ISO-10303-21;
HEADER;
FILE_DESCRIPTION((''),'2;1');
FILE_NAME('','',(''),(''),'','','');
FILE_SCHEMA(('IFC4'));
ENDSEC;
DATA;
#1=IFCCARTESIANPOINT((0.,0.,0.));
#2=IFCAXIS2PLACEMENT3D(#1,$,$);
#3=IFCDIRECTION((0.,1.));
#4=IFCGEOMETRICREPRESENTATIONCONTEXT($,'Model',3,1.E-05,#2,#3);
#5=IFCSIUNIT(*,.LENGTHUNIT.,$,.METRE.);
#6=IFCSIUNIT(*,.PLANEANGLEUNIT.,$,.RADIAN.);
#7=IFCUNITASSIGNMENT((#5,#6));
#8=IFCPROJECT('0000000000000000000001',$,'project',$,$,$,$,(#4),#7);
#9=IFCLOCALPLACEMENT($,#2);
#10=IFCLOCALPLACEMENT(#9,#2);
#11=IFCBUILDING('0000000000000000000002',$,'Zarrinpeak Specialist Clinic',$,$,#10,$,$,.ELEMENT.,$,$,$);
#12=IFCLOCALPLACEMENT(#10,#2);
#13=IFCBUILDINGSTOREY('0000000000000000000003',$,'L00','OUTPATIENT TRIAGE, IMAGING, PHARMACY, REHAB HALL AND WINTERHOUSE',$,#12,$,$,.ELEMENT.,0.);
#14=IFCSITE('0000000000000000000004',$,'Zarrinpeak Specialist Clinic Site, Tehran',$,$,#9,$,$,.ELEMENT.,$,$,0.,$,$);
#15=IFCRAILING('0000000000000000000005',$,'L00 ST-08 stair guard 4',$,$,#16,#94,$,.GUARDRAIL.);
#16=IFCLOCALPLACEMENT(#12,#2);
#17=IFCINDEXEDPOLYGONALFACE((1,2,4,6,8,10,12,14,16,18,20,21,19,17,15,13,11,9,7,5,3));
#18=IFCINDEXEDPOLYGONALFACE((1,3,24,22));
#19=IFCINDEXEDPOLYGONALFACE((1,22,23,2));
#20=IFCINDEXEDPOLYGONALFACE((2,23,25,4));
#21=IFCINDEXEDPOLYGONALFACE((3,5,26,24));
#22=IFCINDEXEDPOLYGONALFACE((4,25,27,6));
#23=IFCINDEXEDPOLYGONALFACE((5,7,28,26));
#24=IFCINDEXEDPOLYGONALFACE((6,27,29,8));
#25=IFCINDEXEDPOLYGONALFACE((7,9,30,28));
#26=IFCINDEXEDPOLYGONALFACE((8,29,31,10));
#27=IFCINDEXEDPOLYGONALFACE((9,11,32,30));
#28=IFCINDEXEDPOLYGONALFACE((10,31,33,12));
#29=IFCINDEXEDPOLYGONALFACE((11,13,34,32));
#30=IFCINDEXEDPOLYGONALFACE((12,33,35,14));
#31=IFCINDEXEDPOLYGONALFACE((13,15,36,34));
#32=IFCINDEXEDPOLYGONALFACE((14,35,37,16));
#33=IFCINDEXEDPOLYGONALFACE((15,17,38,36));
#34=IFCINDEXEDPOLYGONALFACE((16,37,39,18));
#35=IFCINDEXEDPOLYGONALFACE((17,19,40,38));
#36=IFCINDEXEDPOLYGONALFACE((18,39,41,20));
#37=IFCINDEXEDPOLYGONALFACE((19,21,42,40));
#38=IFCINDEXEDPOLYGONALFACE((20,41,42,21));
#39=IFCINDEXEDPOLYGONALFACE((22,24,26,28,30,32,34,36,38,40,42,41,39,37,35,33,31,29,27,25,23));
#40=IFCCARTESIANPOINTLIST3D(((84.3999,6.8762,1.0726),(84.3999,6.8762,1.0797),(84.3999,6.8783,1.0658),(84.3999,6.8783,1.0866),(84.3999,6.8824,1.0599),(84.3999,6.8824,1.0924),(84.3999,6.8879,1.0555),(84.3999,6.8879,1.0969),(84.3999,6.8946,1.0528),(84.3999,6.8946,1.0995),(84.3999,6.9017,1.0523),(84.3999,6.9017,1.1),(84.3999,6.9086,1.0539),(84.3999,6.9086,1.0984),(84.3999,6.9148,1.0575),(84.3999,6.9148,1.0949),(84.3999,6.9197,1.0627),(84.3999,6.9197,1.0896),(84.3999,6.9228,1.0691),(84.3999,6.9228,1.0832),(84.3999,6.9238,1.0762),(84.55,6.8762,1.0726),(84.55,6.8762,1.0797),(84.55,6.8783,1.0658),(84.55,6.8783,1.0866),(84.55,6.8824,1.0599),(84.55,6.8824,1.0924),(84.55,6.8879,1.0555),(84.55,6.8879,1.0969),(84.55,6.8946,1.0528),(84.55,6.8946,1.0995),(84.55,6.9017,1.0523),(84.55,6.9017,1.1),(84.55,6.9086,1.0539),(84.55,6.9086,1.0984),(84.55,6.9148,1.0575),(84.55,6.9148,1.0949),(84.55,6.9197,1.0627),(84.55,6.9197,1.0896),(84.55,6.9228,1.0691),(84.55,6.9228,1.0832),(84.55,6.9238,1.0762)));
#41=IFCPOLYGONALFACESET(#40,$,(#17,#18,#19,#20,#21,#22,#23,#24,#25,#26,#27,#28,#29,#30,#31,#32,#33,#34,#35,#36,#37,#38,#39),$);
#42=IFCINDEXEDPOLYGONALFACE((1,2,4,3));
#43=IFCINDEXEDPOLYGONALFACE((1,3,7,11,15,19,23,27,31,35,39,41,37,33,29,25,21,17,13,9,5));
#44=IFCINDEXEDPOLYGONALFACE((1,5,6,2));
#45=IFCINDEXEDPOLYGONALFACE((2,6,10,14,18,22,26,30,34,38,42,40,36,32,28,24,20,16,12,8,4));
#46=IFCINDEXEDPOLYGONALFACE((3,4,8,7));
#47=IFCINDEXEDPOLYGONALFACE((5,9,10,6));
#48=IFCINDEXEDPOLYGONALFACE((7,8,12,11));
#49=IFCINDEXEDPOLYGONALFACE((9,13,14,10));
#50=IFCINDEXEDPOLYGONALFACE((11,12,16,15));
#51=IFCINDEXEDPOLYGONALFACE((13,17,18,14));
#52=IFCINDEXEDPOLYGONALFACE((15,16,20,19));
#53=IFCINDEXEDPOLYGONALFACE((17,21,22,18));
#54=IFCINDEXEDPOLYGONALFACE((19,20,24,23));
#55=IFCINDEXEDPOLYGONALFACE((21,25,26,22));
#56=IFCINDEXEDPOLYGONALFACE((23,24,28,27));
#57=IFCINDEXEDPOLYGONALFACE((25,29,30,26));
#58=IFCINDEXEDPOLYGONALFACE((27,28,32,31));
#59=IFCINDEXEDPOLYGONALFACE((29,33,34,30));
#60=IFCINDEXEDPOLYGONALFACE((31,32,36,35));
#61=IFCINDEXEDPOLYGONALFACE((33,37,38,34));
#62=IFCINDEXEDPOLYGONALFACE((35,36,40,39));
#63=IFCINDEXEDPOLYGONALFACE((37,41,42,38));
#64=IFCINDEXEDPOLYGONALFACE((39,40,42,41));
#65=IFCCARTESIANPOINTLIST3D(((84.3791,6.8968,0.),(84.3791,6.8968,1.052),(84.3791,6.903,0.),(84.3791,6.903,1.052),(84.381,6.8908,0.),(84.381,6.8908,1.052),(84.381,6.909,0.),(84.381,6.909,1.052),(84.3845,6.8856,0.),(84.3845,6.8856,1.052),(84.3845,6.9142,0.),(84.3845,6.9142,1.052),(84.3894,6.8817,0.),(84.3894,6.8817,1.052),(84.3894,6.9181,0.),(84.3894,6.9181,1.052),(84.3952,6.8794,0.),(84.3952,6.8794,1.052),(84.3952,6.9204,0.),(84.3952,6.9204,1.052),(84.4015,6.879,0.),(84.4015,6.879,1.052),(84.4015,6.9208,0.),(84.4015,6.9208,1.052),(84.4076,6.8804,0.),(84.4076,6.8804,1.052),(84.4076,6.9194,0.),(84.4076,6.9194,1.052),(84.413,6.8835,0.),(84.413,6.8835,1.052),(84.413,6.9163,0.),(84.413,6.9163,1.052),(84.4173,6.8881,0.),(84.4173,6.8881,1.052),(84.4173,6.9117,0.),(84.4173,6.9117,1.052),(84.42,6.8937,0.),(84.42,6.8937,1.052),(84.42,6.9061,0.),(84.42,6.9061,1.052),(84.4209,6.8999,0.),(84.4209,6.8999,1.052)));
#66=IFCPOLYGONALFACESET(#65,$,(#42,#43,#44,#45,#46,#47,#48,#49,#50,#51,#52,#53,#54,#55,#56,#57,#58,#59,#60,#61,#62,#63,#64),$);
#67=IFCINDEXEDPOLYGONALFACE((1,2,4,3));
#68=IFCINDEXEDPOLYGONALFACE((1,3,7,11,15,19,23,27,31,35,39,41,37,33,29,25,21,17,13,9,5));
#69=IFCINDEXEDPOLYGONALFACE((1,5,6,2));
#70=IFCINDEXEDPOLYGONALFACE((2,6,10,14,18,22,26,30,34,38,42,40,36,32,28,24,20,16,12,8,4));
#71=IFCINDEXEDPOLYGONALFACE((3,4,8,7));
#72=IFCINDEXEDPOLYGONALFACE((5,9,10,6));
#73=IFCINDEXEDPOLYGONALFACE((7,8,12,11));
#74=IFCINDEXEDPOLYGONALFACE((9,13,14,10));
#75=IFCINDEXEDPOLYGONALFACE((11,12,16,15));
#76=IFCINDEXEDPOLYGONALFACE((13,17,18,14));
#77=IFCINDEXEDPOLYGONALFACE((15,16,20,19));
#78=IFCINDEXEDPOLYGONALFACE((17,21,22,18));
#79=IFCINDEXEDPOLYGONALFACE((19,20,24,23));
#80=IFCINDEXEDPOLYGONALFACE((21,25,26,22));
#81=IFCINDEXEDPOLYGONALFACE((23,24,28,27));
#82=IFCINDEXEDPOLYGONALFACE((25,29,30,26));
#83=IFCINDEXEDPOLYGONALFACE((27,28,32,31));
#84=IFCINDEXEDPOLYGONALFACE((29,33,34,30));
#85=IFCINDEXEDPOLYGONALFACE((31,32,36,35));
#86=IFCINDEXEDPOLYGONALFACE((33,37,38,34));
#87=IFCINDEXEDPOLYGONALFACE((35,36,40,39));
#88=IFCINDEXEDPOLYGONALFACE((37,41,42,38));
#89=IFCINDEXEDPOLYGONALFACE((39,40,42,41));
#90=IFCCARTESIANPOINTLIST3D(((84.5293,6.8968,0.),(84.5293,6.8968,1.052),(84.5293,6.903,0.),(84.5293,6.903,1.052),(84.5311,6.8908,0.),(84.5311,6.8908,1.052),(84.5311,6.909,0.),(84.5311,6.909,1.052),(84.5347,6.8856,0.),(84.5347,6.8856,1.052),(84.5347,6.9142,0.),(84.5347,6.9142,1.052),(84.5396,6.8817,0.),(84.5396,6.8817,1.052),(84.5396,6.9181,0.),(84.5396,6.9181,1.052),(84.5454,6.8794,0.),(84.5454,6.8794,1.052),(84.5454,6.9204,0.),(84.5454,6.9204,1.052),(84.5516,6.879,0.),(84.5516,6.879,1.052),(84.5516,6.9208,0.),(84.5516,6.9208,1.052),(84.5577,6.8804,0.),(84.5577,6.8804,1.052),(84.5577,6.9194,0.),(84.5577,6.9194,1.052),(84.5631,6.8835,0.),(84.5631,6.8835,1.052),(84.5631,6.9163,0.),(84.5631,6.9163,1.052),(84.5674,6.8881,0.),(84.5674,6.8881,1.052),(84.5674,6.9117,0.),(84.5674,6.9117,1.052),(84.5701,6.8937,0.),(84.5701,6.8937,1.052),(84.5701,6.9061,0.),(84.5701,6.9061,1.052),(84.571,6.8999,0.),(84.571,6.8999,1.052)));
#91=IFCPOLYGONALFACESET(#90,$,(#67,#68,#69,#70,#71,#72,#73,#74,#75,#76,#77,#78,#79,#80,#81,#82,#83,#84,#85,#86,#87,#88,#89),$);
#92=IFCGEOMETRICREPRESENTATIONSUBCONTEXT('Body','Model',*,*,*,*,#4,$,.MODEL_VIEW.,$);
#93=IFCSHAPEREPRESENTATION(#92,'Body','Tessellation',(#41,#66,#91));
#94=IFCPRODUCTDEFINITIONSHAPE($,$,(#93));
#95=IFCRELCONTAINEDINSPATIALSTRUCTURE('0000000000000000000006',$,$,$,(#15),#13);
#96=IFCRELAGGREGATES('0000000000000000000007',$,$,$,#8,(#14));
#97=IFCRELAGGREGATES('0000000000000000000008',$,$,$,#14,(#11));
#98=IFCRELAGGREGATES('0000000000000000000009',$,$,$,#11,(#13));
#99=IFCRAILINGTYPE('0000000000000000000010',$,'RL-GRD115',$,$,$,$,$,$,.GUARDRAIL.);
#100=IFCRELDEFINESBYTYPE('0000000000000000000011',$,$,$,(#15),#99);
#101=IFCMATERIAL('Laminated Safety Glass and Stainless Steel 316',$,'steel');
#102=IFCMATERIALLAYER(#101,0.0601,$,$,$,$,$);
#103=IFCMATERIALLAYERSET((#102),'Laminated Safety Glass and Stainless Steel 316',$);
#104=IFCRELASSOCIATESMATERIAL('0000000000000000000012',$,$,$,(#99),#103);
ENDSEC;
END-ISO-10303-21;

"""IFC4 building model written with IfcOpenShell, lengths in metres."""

from ifc_helpers import new_model, si_unit, direction, frame, origin, origin_2d, place, context, subcontext, project, spatial, circle, extrude, material, layer, layer_set, type_object, element, save


model = new_model("IFC4")

# Units and contexts
model_context = context("Model", 3, precision=1e-05, world=origin(), true_north=direction((0.0, 1.0)))
body_context = subcontext(model_context, "Body", "Model", "MODEL_VIEW")
ifc_project = project(units=[si_unit("LENGTHUNIT", "METRE"), si_unit("PLANEANGLEUNIT", "RADIAN")], contexts=[model_context])

# Site, building, storey
site_placement = place(None, origin())
site = spatial("IfcSite", under=ifc_project, at=site_placement, Name="Zarrinpeak Specialist Clinic Site, Tehran", CompositionType="ELEMENT", RefElevation=0.0)
building_placement = place(site_placement, origin())
building = spatial("IfcBuilding", under=site, at=building_placement, Name="Zarrinpeak Specialist Clinic", CompositionType="ELEMENT")
storey_placement = place(building_placement, origin())
storey = spatial("IfcBuildingStorey", under=building, at=storey_placement, Name="L00", Description="OUTPATIENT TRIAGE, IMAGING, PHARMACY, REHAB HALL AND WINTERHOUSE", CompositionType="ELEMENT", Elevation=0.0)

# Railing
ifc_material_1 = material(Name="Laminated Safety Glass and Stainless Steel 316", Category="steel")
ifc_layer_1 = layer(ifc_material_1, 0.0601)
ifc_layer_set_1 = layer_set([ifc_layer_1], Name="Laminated Safety Glass and Stainless Steel 316")
railing_type_1 = type_object("IfcRailingType", Name="RL-GRD115", PredefinedType="GUARDRAIL", material=ifc_layer_set_1)
railing_1_placement = place(storey_placement, frame((84.3999, 6.8999, 0.0)))
element("IfcRailing", 1, at=railing_1_placement, inside=storey, type_object=railing_type_1, Name="L00 ST-08 stair guard 4", PredefinedType="GUARDRAIL", context=body_context, shape_type="SweptSolid", body=[
    extrude(circle(Radius=0.0239, at=origin_2d()), frame((0.0, 0.0, 1.0762), z_axis=(1.0, 0.0, 0.0), x_axis=(0.0, 1.0, 0.0)), (0.0, 0.0, 1.0), 0.1501),
    extrude(circle(Radius=0.021, at=origin_2d()), origin(), (0.0, 0.0, 1.0), 1.052),
    extrude(circle(Radius=0.021, at=origin_2d()), frame((0.1501, 0.0, 0.0)), (0.0, 0.0, 1.0), 1.052),
])

save(model, "model.ifc")
